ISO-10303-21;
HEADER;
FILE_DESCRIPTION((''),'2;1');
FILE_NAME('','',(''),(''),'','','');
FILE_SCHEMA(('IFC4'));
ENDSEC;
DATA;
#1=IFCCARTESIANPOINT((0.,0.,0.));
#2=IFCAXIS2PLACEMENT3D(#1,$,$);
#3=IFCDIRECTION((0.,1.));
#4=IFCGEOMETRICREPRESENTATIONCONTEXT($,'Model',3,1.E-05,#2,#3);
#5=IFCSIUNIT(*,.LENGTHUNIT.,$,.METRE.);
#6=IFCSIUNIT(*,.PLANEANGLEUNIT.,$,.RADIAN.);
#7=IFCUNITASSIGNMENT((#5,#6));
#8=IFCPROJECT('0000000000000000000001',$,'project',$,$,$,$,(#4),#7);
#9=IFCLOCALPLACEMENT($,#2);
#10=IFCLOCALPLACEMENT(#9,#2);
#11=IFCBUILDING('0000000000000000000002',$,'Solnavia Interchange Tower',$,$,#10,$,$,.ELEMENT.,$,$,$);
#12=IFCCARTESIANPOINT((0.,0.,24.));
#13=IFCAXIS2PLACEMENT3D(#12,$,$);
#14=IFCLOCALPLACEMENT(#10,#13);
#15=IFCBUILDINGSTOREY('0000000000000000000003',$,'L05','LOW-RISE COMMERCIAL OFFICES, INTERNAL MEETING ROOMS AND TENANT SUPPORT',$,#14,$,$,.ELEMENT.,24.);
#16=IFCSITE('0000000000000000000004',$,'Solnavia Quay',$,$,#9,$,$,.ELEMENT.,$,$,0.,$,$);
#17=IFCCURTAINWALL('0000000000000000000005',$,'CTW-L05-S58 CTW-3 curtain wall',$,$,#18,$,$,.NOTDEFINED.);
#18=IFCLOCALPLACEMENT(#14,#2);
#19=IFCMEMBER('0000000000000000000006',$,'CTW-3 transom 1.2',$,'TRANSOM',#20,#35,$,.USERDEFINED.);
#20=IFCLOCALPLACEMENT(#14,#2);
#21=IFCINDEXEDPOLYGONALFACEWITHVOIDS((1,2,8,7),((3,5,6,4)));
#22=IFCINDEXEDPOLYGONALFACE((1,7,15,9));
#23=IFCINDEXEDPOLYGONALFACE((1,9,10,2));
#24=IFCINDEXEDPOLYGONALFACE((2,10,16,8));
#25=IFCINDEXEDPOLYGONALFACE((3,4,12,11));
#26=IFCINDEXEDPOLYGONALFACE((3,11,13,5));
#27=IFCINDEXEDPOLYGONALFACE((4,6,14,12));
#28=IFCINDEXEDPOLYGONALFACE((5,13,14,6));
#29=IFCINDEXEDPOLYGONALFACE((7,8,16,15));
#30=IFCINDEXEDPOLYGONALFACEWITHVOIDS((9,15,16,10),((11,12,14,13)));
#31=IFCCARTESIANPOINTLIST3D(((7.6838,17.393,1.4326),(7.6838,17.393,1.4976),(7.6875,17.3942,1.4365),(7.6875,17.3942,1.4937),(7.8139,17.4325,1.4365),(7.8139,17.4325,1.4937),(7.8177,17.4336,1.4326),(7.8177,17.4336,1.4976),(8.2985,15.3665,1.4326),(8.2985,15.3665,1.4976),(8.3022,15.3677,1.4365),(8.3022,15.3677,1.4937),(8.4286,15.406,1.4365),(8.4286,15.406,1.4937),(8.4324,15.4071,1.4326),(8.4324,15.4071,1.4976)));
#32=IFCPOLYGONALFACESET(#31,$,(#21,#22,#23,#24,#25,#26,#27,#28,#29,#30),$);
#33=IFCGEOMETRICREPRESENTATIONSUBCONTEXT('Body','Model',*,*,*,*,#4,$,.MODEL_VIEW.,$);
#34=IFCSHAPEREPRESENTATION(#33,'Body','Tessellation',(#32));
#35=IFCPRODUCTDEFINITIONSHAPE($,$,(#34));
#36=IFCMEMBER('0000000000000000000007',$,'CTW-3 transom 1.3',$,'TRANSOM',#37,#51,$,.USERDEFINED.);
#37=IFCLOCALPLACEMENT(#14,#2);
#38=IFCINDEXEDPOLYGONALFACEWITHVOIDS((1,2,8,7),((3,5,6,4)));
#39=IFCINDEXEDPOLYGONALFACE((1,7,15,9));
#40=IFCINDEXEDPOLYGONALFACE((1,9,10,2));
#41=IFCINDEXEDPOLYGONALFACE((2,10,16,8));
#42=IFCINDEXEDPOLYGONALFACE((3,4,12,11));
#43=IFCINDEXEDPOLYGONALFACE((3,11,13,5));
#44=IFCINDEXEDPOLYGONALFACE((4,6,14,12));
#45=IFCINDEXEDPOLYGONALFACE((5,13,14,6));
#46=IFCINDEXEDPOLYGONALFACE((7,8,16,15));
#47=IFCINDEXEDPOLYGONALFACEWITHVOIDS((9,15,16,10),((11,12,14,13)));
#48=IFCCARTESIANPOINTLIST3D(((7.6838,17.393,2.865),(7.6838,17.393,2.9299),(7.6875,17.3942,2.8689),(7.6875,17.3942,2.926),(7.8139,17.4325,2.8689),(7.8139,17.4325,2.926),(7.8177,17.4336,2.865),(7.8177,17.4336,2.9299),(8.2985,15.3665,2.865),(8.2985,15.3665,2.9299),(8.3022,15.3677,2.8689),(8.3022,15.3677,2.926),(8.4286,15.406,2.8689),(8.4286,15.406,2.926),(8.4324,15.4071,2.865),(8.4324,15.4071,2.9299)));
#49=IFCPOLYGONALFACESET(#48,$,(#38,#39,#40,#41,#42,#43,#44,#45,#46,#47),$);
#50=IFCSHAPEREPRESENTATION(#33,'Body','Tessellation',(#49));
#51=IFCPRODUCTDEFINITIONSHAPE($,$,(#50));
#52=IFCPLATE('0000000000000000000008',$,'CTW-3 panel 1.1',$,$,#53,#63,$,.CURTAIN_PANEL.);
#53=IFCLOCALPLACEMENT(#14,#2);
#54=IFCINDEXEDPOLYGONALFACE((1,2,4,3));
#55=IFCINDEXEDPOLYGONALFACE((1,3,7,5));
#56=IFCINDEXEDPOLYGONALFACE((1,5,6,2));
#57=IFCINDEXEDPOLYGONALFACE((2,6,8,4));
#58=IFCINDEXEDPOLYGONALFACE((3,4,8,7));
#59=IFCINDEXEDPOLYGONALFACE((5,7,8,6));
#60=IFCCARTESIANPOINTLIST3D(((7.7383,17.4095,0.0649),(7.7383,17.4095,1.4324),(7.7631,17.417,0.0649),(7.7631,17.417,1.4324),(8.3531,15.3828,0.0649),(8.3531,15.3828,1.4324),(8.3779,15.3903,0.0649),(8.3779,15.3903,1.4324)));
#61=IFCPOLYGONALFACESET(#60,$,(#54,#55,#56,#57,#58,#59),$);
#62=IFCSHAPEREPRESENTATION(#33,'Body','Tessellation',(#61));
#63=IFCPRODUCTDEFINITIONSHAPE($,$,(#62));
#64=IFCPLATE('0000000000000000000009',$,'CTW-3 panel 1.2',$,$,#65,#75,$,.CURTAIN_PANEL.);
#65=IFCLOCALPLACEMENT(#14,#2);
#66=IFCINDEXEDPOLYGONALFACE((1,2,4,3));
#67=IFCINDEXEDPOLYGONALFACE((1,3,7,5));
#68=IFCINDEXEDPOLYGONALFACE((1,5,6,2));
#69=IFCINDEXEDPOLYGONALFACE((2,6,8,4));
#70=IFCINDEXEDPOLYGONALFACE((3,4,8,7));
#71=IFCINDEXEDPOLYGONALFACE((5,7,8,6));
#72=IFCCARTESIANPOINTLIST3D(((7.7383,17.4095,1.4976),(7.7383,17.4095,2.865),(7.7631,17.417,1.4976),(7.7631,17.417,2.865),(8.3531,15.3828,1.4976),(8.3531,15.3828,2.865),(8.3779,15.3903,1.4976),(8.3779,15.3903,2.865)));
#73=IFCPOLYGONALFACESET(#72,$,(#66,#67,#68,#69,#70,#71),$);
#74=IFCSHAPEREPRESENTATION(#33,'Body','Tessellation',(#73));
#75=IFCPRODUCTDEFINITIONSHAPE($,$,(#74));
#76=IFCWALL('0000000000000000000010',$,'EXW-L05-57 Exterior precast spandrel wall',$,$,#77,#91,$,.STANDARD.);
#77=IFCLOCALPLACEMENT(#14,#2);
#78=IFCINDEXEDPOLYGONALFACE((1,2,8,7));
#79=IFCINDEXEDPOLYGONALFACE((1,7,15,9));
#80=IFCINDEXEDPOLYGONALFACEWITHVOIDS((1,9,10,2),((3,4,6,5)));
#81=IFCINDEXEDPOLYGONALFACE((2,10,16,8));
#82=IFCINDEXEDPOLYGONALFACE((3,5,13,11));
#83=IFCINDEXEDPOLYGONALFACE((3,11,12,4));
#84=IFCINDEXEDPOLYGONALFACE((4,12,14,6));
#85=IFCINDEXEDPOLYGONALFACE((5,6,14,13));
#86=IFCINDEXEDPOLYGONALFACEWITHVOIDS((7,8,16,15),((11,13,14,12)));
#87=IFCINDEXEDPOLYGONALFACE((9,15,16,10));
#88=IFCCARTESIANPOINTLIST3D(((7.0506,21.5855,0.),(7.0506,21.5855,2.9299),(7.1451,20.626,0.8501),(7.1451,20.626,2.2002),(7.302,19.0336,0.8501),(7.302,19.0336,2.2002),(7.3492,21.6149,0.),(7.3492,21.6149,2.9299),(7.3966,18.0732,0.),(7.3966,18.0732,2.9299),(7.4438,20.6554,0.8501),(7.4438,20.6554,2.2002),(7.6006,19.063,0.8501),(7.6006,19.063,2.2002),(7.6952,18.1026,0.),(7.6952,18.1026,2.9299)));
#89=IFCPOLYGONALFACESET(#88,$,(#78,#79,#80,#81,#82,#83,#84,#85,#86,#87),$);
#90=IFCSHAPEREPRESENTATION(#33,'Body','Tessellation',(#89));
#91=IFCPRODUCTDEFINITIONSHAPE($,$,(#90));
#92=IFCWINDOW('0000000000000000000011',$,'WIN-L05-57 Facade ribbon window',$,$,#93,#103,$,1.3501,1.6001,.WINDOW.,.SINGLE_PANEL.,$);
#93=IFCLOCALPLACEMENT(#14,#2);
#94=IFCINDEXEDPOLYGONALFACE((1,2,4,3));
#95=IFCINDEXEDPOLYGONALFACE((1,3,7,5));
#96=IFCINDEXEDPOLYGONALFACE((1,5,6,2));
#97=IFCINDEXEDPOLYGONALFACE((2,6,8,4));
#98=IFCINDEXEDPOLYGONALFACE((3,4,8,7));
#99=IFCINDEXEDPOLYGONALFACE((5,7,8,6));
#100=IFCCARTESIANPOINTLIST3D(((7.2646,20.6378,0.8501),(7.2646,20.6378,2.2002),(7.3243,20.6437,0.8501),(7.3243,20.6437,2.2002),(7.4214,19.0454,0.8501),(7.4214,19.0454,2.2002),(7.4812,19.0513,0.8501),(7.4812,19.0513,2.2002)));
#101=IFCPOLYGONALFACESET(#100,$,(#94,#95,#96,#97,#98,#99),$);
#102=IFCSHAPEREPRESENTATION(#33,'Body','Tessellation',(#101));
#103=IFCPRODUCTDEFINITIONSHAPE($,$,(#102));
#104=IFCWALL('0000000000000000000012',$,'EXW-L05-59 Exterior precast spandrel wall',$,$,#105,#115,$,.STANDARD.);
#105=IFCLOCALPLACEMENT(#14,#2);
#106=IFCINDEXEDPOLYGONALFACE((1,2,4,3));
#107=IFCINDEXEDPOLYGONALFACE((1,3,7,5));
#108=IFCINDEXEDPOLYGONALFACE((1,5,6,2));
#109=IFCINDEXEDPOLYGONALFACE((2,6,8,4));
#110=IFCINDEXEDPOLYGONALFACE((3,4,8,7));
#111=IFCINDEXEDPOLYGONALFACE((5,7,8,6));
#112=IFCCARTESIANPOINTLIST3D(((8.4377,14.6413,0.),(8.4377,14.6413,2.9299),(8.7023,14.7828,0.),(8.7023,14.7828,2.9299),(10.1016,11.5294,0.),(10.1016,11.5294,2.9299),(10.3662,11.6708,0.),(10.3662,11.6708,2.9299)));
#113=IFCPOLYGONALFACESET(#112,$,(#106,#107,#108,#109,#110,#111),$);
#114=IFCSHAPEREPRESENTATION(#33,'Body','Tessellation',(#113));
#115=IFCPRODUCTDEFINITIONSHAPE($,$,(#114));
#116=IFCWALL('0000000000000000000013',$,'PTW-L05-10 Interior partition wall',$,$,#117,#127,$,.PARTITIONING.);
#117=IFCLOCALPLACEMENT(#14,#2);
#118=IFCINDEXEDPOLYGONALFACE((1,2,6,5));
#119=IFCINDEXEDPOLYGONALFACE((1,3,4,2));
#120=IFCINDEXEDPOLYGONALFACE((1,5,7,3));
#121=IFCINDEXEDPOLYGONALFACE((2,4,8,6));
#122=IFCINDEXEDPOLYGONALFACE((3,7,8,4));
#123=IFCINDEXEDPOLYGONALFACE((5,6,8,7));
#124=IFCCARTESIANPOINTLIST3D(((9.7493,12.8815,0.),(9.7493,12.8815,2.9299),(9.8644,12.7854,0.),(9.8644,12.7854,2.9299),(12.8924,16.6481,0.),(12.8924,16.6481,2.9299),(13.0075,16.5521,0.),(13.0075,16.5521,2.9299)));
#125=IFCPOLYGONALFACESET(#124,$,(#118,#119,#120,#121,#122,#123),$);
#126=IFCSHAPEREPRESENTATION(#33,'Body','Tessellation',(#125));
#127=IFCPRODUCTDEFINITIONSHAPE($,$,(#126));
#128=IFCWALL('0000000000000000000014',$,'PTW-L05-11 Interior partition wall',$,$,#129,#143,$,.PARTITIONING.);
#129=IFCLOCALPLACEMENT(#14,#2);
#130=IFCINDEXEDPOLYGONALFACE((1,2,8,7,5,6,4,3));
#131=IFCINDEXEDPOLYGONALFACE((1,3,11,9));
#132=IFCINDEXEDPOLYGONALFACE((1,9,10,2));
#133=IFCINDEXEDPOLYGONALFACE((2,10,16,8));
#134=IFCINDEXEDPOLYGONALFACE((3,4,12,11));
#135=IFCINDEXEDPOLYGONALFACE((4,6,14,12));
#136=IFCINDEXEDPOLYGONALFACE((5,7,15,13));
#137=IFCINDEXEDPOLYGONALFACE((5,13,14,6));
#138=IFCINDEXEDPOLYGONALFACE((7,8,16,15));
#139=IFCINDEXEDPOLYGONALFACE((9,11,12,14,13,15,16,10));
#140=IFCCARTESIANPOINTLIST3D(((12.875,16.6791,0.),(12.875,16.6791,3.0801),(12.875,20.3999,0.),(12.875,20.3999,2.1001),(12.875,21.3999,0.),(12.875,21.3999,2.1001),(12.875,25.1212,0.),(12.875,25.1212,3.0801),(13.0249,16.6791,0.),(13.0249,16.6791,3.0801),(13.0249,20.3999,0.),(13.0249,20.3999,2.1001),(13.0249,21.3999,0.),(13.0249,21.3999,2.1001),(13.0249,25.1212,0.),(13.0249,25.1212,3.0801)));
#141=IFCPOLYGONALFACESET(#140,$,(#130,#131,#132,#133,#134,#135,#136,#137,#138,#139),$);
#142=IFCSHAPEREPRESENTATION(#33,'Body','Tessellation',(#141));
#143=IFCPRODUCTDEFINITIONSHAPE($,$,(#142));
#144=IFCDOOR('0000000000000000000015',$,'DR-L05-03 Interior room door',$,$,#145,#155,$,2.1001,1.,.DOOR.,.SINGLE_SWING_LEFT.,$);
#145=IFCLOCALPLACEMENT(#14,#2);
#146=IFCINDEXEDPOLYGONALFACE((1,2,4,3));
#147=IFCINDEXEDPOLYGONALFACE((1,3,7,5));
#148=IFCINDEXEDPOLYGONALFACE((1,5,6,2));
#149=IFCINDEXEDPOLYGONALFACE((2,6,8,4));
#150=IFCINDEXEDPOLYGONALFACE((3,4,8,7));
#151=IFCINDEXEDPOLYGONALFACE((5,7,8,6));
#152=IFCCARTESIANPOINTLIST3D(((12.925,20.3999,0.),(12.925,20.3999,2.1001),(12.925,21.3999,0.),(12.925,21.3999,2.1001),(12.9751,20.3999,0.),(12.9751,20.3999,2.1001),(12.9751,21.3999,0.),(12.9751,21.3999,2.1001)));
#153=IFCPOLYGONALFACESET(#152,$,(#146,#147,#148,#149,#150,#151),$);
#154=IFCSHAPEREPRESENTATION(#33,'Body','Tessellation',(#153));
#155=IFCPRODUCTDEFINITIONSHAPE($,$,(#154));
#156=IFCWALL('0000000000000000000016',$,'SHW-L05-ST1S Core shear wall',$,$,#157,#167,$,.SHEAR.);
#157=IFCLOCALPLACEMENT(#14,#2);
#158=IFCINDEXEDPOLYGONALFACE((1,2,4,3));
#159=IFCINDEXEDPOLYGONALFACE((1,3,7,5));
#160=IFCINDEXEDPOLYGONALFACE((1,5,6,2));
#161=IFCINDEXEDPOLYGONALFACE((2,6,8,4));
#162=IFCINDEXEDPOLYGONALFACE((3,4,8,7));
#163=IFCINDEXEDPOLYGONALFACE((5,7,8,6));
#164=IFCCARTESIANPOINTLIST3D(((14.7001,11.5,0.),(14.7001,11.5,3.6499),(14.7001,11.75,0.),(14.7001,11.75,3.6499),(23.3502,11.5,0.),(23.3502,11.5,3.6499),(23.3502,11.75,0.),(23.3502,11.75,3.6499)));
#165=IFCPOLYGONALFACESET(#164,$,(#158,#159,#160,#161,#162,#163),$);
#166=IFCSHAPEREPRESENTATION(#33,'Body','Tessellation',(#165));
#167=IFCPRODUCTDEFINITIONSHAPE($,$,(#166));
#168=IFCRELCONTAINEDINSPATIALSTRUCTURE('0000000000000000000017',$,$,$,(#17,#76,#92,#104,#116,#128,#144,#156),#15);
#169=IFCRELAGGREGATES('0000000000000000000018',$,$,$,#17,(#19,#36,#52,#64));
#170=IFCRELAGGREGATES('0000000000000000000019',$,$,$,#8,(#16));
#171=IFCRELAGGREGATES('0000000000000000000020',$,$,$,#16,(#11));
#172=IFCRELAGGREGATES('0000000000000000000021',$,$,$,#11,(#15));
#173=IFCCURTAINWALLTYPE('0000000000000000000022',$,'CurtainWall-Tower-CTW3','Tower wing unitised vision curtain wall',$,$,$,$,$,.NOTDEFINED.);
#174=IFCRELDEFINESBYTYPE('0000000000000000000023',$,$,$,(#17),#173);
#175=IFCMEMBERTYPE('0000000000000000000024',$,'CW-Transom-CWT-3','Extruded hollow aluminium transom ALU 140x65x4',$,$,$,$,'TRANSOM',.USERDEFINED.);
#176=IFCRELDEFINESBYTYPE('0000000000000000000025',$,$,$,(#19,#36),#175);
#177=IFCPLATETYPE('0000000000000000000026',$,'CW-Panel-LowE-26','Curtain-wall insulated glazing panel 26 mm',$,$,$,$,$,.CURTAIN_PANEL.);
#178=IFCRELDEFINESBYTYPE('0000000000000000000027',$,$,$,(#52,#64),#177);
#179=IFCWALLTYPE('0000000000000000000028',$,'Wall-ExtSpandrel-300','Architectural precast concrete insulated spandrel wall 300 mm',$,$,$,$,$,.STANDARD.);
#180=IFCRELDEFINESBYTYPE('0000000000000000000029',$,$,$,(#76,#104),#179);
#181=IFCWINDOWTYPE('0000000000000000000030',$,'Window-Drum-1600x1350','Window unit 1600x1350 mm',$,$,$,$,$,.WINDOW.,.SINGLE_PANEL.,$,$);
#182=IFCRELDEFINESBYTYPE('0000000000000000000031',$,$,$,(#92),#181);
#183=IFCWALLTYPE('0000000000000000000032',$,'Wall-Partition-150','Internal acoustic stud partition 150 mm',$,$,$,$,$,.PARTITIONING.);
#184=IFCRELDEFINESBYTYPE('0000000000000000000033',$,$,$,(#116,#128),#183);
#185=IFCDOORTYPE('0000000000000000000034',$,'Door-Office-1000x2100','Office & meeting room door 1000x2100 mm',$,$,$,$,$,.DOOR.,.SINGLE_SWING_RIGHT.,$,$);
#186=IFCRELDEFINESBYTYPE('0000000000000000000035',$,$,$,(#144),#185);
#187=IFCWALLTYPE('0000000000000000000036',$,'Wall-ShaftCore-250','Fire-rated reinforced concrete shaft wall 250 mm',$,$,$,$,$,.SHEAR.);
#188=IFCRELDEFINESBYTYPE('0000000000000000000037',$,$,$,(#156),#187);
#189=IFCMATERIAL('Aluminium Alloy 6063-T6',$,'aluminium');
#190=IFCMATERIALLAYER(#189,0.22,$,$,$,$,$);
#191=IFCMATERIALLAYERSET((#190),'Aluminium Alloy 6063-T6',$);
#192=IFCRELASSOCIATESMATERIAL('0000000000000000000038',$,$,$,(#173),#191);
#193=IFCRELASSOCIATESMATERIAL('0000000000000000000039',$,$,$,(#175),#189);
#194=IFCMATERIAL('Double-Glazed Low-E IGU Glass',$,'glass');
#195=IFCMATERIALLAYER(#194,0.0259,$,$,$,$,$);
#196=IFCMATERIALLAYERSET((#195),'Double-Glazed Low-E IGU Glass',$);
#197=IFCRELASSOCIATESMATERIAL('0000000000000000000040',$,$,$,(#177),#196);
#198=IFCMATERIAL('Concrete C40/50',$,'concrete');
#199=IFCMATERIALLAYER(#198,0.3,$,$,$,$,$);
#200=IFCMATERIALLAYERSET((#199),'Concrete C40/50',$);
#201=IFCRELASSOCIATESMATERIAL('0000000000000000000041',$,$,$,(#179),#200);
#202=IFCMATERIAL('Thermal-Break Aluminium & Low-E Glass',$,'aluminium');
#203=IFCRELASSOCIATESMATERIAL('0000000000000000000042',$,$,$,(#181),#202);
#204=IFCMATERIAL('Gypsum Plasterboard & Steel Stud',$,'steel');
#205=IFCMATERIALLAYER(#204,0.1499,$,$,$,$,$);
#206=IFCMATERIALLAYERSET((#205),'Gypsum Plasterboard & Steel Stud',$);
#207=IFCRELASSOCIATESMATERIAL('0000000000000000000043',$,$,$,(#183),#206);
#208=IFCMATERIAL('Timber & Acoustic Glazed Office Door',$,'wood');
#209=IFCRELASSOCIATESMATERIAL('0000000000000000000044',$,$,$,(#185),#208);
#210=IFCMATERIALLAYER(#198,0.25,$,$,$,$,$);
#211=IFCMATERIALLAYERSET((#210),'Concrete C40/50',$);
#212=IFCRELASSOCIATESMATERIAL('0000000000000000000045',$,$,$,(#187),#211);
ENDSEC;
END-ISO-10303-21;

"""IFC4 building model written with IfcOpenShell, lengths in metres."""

from ifc_helpers import new_model, si_unit, direction, frame, frame_2d, origin, origin_2d, place, context, subcontext, project, spatial, rectangle, hollow_rectangle, extrude, material, layer, layer_set, material_profile, profile_set, type_object, element, fill, aggregate, save


model = new_model("IFC4")

# Units and contexts
model_context = context("Model", 3, precision=1e-05, world=origin(), true_north=direction((0.0, 1.0)))
body_context = subcontext(model_context, "Body", "Model", "MODEL_VIEW")
ifc_project = project(units=[si_unit("LENGTHUNIT", "METRE"), si_unit("PLANEANGLEUNIT", "RADIAN")], contexts=[model_context])

# Site, building, storey
site_placement = place(None, origin())
site = spatial("IfcSite", under=ifc_project, at=site_placement, Name="Solnavia Quay", CompositionType="ELEMENT", RefElevation=0.0)
building_placement = place(site_placement, origin())
building = spatial("IfcBuilding", under=site, at=building_placement, Name="Solnavia Interchange Tower", CompositionType="ELEMENT")
storey_placement = place(building_placement, frame((0.0, 0.0, 24.0)))
storey = spatial("IfcBuildingStorey", under=building, at=storey_placement, Name="L05", Description="LOW-RISE COMMERCIAL OFFICES, INTERNAL MEETING ROOMS AND TENANT SUPPORT", CompositionType="ELEMENT", Elevation=24.0)

# Shared definitions
ifc_material_1 = material(Name="Aluminium Alloy 6063-T6", Category="aluminium")
ifc_layer_1 = layer(ifc_material_1, 0.22)
ifc_layer_set_1 = layer_set([ifc_layer_1], Name="Aluminium Alloy 6063-T6")
curtain_wall_type = type_object("IfcCurtainWallType", Name="CurtainWall-Tower-CTW3", Description="Tower wing unitised vision curtain wall", PredefinedType="NOTDEFINED", material=ifc_layer_set_1)

# Curtain wall, members, plates
curtain_wall_1_placement = place(storey_placement, origin())
curtain_wall_1 = element("IfcCurtainWall", 1, at=curtain_wall_1_placement, inside=storey, type_object=curtain_wall_type, Name="CTW-L05-S58 CTW-3 curtain wall", PredefinedType="NOTDEFINED")
ifc_material_profile_1 = material_profile(ifc_material_1, hollow_rectangle(XDim=0.0649, YDim=0.1399, WallThickness=0.0039, at=origin_2d()), Name="ALU 140x65x4")
ifc_profile_set_1 = profile_set([ifc_material_profile_1], Name="Aluminium Alloy 6063-T6")
member_type_1 = type_object("IfcMemberType", Name="CW-Transom-CWT-3", Description="Extruded hollow aluminium transom ALU 140x65x4", ElementType="TRANSOM", PredefinedType="USERDEFINED", material=ifc_profile_set_1)
member_1_placement = place(storey_placement, frame((7.7507, 17.4133, 1.4651), z_axis=(0.290276, -0.956943, 0.0), x_axis=(0.0, 0.0, 1.0)))
member_1 = element("IfcMember", 2, at=member_1_placement, type_object=member_type_1, Name="CTW-3 transom 1.2", ObjectType="TRANSOM", PredefinedType="USERDEFINED", context=body_context, shape_type="SweptSolid", body=[
    extrude(hollow_rectangle(XDim=0.0649, YDim=0.1399, WallThickness=0.0039, at=origin_2d()), origin(), (0.0, 0.0, 1.0), 2.1177),
])
member_2_placement = place(storey_placement, frame((7.7507, 17.4133, 2.8975), z_axis=(0.290276, -0.956943, 0.0), x_axis=(0.0, 0.0, 1.0)))
member_2 = element("IfcMember", 3, at=member_2_placement, type_object=member_type_1, Name="CTW-3 transom 1.3", ObjectType="TRANSOM", PredefinedType="USERDEFINED", context=body_context, shape_type="SweptSolid", body=[
    extrude(hollow_rectangle(XDim=0.0649, YDim=0.1399, WallThickness=0.0039, at=origin_2d()), origin(), (0.0, 0.0, 1.0), 2.1177),
])
ifc_material_2 = material(Name="Double-Glazed Low-E IGU Glass", Category="glass")
ifc_layer_2 = layer(ifc_material_2, 0.0259)
ifc_layer_set_2 = layer_set([ifc_layer_2], Name="Double-Glazed Low-E IGU Glass")
plate_type = type_object("IfcPlateType", Name="CW-Panel-LowE-26", Description="Curtain-wall insulated glazing panel 26 mm", PredefinedType="CURTAIN_PANEL", material=ifc_layer_set_2)
plate_1_placement = place(storey_placement, frame((8.0581, 16.3999, 0.0649), z_axis=(0.0, 0.0, 1.0), x_axis=(0.29028, -0.956942, 0.0)))
plate_1 = element("IfcPlate", 4, at=plate_1_placement, type_object=plate_type, Name="CTW-3 panel 1.1", PredefinedType="CURTAIN_PANEL", context=body_context, shape_type="SweptSolid", body=[
    extrude(rectangle(XDim=2.1179, YDim=0.0259, at=origin_2d()), origin(), (0.0, 0.0, 1.0), 1.3674),
])
plate_2_placement = place(storey_placement, frame((8.0581, 16.3999, 1.4976), z_axis=(0.0, 0.0, 1.0), x_axis=(0.29028, -0.956942, 0.0)))
plate_2 = element("IfcPlate", 5, at=plate_2_placement, type_object=plate_type, Name="CTW-3 panel 1.2", PredefinedType="CURTAIN_PANEL", context=body_context, shape_type="SweptSolid", body=[
    extrude(rectangle(XDim=2.1179, YDim=0.0259, at=origin_2d()), origin(), (0.0, 0.0, 1.0), 1.3674),
])
aggregate(curtain_wall_1, [member_1, member_2, plate_1, plate_2])

# Wall, opening, window
ifc_material_3 = material(Name="Concrete C40/50", Category="concrete")
ifc_layer_3 = layer(ifc_material_3, 0.3)
ifc_layer_set_3 = layer_set([ifc_layer_3], Name="Concrete C40/50")
wall_type_1 = type_object("IfcWallType", Name="Wall-ExtSpandrel-300", Description="Architectural precast concrete insulated spandrel wall 300 mm", PredefinedType="STANDARD", material=ifc_layer_set_3)
wall_1_placement = place(storey_placement, frame((7.5459, 18.0879, 0.0), z_axis=(0.0, 0.0, 1.0), x_axis=(-0.098024, 0.995184, 0.0)))
wall_1 = element("IfcWall", 6, at=wall_1_placement, inside=storey, type_object=wall_type_1, Name="EXW-L05-57 Exterior precast spandrel wall", PredefinedType="STANDARD", context=body_context, shape_type="SweptSolid", body=[
    extrude(rectangle(XDim=3.5293, YDim=0.3, at=frame_2d((1.7646, 0.0))), origin(), (0.0, 0.0, 1.0), 2.9299),
])
opening_1_placement = place(wall_1_placement, frame((0.9651, 0.0, 0.8501)))
opening_1 = element("IfcOpeningElement", 7, at=opening_1_placement, cuts=wall_1, PredefinedType="OPENING", context=body_context, shape_type="SweptSolid", body=[
    extrude(rectangle(XDim=1.6001, YDim=1.3501, at=frame_2d((0.8, 0.675))), frame((0.0, 0.1602, 0.0), z_axis=(0.0, -1.0, 0.0), x_axis=(1.0, 0.0, 0.0)), (0.0, 0.0, 1.0), 0.3201),
])
ifc_material_4 = material(Name="Thermal-Break Aluminium & Low-E Glass", Category="aluminium")
window_type = type_object("IfcWindowType", Name="Window-Drum-1600x1350", Description="Window unit 1600x1350 mm", PartitioningType="SINGLE_PANEL", PredefinedType="WINDOW", material=ifc_material_4)
window_placement = place(opening_1_placement, origin())
window = element("IfcWindow", 8, at=window_placement, inside=storey, type_object=window_type, Name="WIN-L05-57 Facade ribbon window", OverallHeight=1.3501, OverallWidth=1.6001, PartitioningType="SINGLE_PANEL", PredefinedType="WINDOW", context=body_context, shape_type="SweptSolid", body=[
    extrude(rectangle(XDim=1.6001, YDim=1.3501, at=frame_2d((0.8, 0.675))), frame((0.0, 0.03, 0.0), z_axis=(0.0, -1.0, 0.0), x_axis=(1.0, 0.0, 0.0)), (0.0, 0.0, 1.0), 0.0601),
])
fill(opening_1, window)

# Walls
wall_2_placement = place(storey_placement, frame((10.2339, 11.6001, 0.0), z_axis=(0.0, 0.0, 1.0), x_axis=(-0.471511, 0.88186, 0.0)))
element("IfcWall", 9, at=wall_2_placement, inside=storey, type_object=wall_type_1, Name="EXW-L05-59 Exterior precast spandrel wall", PredefinedType="STANDARD", context=body_context, shape_type="SweptSolid", body=[
    extrude(rectangle(XDim=3.5288, YDim=0.3, at=frame_2d((1.7644, 0.0))), origin(), (0.0, 0.0, 1.0), 2.9299),
])
ifc_material_5 = material(Name="Gypsum Plasterboard & Steel Stud", Category="steel")
ifc_layer_4 = layer(ifc_material_5, 0.1499)
ifc_layer_set_4 = layer_set([ifc_layer_4], Name="Gypsum Plasterboard & Steel Stud")
wall_type_2 = type_object("IfcWallType", Name="Wall-Partition-150", Description="Internal acoustic stud partition 150 mm", PredefinedType="PARTITIONING", material=ifc_layer_set_4)
wall_3_placement = place(storey_placement, frame((12.95, 16.6001, 0.0), z_axis=(0.0, 0.0, 1.0), x_axis=(-0.640693, -0.767797, 0.0)))
element("IfcWall", 10, at=wall_3_placement, inside=storey, type_object=wall_type_2, Name="PTW-L05-10 Interior partition wall", PredefinedType="PARTITIONING", context=body_context, shape_type="SweptSolid", body=[
    extrude(rectangle(XDim=4.9058, YDim=0.1499, at=frame_2d((2.4529, 0.0))), origin(), (0.0, 0.0, 1.0), 2.9299),
])

# Wall, opening, door
wall_4_placement = place(storey_placement, frame((12.95, 16.679, 0.0), z_axis=(0.0, 0.0, 1.0), x_axis=(0.0, 1.0, 0.0)))
wall_4 = element("IfcWall", 11, at=wall_4_placement, inside=storey, type_object=wall_type_2, Name="PTW-L05-11 Interior partition wall", PredefinedType="PARTITIONING", context=body_context, shape_type="SweptSolid", body=[
    extrude(rectangle(XDim=8.4421, YDim=0.1499, at=frame_2d((4.2212, 0.0))), origin(), (0.0, 0.0, 1.0), 3.0801),
])
opening_2_placement = place(wall_4_placement, frame((3.7209, 0.0, 0.0)))
opening_2 = element("IfcOpeningElement", 12, at=opening_2_placement, cuts=wall_4, PredefinedType="OPENING", context=body_context, shape_type="SweptSolid", body=[
    extrude(rectangle(XDim=1.0, YDim=2.1001, at=frame_2d((0.5, 1.05))), frame((0.0, 0.085, 0.0), z_axis=(0.0, -1.0, 0.0), x_axis=(1.0, 0.0, 0.0)), (0.0, 0.0, 1.0), 0.1699),
])
ifc_material_6 = material(Name="Timber & Acoustic Glazed Office Door", Category="wood")
door_type_1 = type_object("IfcDoorType", Name="Door-Office-1000x2100", Description="Office & meeting room door 1000x2100 mm", OperationType="SINGLE_SWING_RIGHT", PredefinedType="DOOR", material=ifc_material_6)
door_1_placement = place(opening_2_placement, origin())
door_1 = element("IfcDoor", 13, at=door_1_placement, inside=storey, type_object=door_type_1, Name="DR-L05-03 Interior room door", OperationType="SINGLE_SWING_LEFT", OverallHeight=2.1001, OverallWidth=1.0, PredefinedType="DOOR", context=body_context, shape_type="SweptSolid", body=[
    extrude(rectangle(XDim=1.0, YDim=2.1001, at=frame_2d((0.5, 1.05))), frame((0.0, 0.0249, 0.0), z_axis=(0.0, -1.0, 0.0), x_axis=(1.0, 0.0, 0.0)), (0.0, 0.0, 1.0), 0.05),
])
fill(opening_2, door_1)

# Wall
ifc_layer_5 = layer(ifc_material_3, 0.25)
ifc_layer_set_5 = layer_set([ifc_layer_5], Name="Concrete C40/50")
wall_type_3 = type_object("IfcWallType", Name="Wall-ShaftCore-250", Description="Fire-rated reinforced concrete shaft wall 250 mm", PredefinedType="SHEAR", material=ifc_layer_set_5)
wall_5_placement = place(storey_placement, frame((14.7, 11.625, 0.0), z_axis=(0.0, 0.0, 1.0), x_axis=(1.0, 0.0, 0.0)))
element("IfcWall", 14, at=wall_5_placement, inside=storey, type_object=wall_type_3, Name="SHW-L05-ST1S Core shear wall", PredefinedType="SHEAR", context=body_context, shape_type="SweptSolid", body=[
    extrude(rectangle(XDim=8.6501, YDim=0.25, at=frame_2d((4.3252, 0.0))), origin(), (0.0, 0.0, 1.0), 3.6499),
])

save(model, "model.ifc")
